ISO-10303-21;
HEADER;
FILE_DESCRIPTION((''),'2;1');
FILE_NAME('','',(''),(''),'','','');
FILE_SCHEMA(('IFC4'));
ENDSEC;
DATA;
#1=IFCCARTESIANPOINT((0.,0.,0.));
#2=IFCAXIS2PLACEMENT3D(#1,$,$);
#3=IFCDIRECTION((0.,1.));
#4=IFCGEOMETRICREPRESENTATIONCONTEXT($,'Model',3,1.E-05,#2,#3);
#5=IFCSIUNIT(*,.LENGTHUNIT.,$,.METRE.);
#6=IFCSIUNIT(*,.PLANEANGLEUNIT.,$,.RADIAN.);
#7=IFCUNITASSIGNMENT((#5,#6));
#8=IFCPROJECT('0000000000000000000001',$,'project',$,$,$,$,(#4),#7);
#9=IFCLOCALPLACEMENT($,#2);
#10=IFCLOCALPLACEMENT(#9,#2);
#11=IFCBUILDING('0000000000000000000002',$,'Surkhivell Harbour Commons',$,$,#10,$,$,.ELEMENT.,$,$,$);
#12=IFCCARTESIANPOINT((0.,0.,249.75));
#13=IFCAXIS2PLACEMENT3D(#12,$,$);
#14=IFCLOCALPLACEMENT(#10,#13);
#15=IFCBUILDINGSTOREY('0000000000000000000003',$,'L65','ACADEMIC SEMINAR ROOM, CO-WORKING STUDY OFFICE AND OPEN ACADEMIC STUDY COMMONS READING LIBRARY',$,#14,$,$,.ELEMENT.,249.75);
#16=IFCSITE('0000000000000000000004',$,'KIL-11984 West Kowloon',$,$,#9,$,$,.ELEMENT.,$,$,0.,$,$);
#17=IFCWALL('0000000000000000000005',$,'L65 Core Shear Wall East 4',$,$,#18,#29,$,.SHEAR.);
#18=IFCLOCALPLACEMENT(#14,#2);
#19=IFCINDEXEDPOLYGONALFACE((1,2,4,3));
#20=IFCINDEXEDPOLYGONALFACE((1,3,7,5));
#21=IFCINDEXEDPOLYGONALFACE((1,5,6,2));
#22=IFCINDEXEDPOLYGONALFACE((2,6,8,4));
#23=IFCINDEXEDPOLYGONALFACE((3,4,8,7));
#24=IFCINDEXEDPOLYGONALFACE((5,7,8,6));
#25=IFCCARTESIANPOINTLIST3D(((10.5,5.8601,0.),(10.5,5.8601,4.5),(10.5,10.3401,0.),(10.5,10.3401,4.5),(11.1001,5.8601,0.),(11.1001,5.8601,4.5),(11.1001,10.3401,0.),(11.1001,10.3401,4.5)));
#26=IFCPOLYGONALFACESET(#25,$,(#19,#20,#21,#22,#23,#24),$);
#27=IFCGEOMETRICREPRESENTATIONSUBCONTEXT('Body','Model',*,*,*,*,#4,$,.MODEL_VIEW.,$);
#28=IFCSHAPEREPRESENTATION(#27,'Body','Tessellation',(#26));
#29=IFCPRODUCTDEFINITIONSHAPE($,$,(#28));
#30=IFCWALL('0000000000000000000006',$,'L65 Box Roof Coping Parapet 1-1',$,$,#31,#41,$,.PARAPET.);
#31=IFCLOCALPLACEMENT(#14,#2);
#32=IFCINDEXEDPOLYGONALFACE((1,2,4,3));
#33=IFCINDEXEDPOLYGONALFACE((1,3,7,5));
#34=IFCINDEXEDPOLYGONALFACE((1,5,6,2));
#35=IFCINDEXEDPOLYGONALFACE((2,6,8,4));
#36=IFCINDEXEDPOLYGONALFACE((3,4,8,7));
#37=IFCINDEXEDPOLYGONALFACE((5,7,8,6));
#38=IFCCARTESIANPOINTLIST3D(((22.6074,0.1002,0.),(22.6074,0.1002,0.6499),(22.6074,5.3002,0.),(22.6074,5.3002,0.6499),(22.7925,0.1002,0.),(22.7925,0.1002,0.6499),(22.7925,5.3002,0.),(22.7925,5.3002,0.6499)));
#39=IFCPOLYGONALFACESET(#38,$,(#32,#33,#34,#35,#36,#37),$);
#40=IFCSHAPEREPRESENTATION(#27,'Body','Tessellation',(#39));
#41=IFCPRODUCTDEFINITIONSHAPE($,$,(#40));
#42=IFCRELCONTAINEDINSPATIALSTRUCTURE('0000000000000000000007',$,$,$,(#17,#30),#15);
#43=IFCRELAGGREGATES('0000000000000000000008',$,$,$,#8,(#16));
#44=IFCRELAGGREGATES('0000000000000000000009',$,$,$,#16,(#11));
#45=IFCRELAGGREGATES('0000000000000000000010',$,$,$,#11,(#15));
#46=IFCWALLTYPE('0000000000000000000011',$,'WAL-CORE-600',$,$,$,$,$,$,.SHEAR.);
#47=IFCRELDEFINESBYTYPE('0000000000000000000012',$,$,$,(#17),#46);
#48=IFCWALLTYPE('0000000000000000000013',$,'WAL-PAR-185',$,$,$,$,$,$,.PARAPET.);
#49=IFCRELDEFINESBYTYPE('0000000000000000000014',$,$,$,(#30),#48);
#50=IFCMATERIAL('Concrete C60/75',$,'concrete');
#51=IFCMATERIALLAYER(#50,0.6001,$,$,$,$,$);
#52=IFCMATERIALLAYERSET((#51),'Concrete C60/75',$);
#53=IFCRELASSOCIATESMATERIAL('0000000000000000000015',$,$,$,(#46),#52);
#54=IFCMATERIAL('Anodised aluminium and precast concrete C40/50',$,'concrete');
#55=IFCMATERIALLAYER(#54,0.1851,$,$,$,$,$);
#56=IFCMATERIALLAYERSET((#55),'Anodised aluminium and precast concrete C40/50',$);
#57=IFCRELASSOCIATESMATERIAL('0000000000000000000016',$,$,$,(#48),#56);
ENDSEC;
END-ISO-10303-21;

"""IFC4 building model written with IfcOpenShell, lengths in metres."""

from ifc_helpers import new_model, si_unit, direction, frame, frame_2d, origin, place, context, subcontext, project, spatial, rectangle, extrude, material, layer, layer_set, type_object, element, save


model = new_model("IFC4")

# Units and contexts
model_context = context("Model", 3, precision=1e-05, world=origin(), true_north=direction((0.0, 1.0)))
body_context = subcontext(model_context, "Body", "Model", "MODEL_VIEW")
ifc_project = project(units=[si_unit("LENGTHUNIT", "METRE"), si_unit("PLANEANGLEUNIT", "RADIAN")], contexts=[model_context])

# Site, building, storey
site_placement = place(None, origin())
site = spatial("IfcSite", under=ifc_project, at=site_placement, Name="KIL-11984 West Kowloon", CompositionType="ELEMENT", RefElevation=0.0)
building_placement = place(site_placement, origin())
building = spatial("IfcBuilding", under=site, at=building_placement, Name="Surkhivell Harbour Commons", CompositionType="ELEMENT")
storey_placement = place(building_placement, frame((0.0, 0.0, 249.75)))
storey = spatial("IfcBuildingStorey", under=building, at=storey_placement, Name="L65", Description="ACADEMIC SEMINAR ROOM, CO-WORKING STUDY OFFICE AND OPEN ACADEMIC STUDY COMMONS READING LIBRARY", CompositionType="ELEMENT", Elevation=249.75)

# Shared definitions
ifc_material_1 = material(Name="Concrete C60/75", Category="concrete")

# Shared definitions
ifc_layer_1 = layer(ifc_material_1, 0.6001)
ifc_layer_set_1 = layer_set([ifc_layer_1], Name="Concrete C60/75")
wall_type_1 = type_object("IfcWallType", Name="WAL-CORE-600", PredefinedType="SHEAR", material=ifc_layer_set_1)

# Walls
wall_1_placement = place(storey_placement, frame((10.8, 5.8601, 0.0), z_axis=(0.0, 0.0, 1.0), x_axis=(0.0, 1.0, 0.0)))
element("IfcWall", 1, at=wall_1_placement, inside=storey, type_object=wall_type_1, Name="L65 Core Shear Wall East 4", PredefinedType="SHEAR", context=body_context, shape_type="SweptSolid", body=[
    extrude(rectangle(XDim=4.48, YDim=0.6001, at=frame_2d((2.24, 0.0))), origin(), (0.0, 0.0, 1.0), 4.5),
])
ifc_material_2 = material(Name="Anodised aluminium and precast concrete C40/50", Category="concrete")
ifc_layer_2 = layer(ifc_material_2, 0.1851)
ifc_layer_set_2 = layer_set([ifc_layer_2], Name="Anodised aluminium and precast concrete C40/50")
wall_type_2 = type_object("IfcWallType", Name="WAL-PAR-185", PredefinedType="PARAPET", material=ifc_layer_set_2)
wall_2_placement = place(storey_placement, frame((22.7, 0.1001, 0.0), z_axis=(0.0, 0.0, 1.0), x_axis=(0.0, 1.0, 0.0)))
element("IfcWall", 2, at=wall_2_placement, inside=storey, type_object=wall_type_2, Name="L65 Box Roof Coping Parapet 1-1", PredefinedType="PARAPET", context=body_context, shape_type="SweptSolid", body=[
    extrude(rectangle(XDim=5.2, YDim=0.1851, at=frame_2d((2.6001, 0.0))), origin(), (0.0, 0.0, 1.0), 0.6499),
])

save(model, "model.ifc")
